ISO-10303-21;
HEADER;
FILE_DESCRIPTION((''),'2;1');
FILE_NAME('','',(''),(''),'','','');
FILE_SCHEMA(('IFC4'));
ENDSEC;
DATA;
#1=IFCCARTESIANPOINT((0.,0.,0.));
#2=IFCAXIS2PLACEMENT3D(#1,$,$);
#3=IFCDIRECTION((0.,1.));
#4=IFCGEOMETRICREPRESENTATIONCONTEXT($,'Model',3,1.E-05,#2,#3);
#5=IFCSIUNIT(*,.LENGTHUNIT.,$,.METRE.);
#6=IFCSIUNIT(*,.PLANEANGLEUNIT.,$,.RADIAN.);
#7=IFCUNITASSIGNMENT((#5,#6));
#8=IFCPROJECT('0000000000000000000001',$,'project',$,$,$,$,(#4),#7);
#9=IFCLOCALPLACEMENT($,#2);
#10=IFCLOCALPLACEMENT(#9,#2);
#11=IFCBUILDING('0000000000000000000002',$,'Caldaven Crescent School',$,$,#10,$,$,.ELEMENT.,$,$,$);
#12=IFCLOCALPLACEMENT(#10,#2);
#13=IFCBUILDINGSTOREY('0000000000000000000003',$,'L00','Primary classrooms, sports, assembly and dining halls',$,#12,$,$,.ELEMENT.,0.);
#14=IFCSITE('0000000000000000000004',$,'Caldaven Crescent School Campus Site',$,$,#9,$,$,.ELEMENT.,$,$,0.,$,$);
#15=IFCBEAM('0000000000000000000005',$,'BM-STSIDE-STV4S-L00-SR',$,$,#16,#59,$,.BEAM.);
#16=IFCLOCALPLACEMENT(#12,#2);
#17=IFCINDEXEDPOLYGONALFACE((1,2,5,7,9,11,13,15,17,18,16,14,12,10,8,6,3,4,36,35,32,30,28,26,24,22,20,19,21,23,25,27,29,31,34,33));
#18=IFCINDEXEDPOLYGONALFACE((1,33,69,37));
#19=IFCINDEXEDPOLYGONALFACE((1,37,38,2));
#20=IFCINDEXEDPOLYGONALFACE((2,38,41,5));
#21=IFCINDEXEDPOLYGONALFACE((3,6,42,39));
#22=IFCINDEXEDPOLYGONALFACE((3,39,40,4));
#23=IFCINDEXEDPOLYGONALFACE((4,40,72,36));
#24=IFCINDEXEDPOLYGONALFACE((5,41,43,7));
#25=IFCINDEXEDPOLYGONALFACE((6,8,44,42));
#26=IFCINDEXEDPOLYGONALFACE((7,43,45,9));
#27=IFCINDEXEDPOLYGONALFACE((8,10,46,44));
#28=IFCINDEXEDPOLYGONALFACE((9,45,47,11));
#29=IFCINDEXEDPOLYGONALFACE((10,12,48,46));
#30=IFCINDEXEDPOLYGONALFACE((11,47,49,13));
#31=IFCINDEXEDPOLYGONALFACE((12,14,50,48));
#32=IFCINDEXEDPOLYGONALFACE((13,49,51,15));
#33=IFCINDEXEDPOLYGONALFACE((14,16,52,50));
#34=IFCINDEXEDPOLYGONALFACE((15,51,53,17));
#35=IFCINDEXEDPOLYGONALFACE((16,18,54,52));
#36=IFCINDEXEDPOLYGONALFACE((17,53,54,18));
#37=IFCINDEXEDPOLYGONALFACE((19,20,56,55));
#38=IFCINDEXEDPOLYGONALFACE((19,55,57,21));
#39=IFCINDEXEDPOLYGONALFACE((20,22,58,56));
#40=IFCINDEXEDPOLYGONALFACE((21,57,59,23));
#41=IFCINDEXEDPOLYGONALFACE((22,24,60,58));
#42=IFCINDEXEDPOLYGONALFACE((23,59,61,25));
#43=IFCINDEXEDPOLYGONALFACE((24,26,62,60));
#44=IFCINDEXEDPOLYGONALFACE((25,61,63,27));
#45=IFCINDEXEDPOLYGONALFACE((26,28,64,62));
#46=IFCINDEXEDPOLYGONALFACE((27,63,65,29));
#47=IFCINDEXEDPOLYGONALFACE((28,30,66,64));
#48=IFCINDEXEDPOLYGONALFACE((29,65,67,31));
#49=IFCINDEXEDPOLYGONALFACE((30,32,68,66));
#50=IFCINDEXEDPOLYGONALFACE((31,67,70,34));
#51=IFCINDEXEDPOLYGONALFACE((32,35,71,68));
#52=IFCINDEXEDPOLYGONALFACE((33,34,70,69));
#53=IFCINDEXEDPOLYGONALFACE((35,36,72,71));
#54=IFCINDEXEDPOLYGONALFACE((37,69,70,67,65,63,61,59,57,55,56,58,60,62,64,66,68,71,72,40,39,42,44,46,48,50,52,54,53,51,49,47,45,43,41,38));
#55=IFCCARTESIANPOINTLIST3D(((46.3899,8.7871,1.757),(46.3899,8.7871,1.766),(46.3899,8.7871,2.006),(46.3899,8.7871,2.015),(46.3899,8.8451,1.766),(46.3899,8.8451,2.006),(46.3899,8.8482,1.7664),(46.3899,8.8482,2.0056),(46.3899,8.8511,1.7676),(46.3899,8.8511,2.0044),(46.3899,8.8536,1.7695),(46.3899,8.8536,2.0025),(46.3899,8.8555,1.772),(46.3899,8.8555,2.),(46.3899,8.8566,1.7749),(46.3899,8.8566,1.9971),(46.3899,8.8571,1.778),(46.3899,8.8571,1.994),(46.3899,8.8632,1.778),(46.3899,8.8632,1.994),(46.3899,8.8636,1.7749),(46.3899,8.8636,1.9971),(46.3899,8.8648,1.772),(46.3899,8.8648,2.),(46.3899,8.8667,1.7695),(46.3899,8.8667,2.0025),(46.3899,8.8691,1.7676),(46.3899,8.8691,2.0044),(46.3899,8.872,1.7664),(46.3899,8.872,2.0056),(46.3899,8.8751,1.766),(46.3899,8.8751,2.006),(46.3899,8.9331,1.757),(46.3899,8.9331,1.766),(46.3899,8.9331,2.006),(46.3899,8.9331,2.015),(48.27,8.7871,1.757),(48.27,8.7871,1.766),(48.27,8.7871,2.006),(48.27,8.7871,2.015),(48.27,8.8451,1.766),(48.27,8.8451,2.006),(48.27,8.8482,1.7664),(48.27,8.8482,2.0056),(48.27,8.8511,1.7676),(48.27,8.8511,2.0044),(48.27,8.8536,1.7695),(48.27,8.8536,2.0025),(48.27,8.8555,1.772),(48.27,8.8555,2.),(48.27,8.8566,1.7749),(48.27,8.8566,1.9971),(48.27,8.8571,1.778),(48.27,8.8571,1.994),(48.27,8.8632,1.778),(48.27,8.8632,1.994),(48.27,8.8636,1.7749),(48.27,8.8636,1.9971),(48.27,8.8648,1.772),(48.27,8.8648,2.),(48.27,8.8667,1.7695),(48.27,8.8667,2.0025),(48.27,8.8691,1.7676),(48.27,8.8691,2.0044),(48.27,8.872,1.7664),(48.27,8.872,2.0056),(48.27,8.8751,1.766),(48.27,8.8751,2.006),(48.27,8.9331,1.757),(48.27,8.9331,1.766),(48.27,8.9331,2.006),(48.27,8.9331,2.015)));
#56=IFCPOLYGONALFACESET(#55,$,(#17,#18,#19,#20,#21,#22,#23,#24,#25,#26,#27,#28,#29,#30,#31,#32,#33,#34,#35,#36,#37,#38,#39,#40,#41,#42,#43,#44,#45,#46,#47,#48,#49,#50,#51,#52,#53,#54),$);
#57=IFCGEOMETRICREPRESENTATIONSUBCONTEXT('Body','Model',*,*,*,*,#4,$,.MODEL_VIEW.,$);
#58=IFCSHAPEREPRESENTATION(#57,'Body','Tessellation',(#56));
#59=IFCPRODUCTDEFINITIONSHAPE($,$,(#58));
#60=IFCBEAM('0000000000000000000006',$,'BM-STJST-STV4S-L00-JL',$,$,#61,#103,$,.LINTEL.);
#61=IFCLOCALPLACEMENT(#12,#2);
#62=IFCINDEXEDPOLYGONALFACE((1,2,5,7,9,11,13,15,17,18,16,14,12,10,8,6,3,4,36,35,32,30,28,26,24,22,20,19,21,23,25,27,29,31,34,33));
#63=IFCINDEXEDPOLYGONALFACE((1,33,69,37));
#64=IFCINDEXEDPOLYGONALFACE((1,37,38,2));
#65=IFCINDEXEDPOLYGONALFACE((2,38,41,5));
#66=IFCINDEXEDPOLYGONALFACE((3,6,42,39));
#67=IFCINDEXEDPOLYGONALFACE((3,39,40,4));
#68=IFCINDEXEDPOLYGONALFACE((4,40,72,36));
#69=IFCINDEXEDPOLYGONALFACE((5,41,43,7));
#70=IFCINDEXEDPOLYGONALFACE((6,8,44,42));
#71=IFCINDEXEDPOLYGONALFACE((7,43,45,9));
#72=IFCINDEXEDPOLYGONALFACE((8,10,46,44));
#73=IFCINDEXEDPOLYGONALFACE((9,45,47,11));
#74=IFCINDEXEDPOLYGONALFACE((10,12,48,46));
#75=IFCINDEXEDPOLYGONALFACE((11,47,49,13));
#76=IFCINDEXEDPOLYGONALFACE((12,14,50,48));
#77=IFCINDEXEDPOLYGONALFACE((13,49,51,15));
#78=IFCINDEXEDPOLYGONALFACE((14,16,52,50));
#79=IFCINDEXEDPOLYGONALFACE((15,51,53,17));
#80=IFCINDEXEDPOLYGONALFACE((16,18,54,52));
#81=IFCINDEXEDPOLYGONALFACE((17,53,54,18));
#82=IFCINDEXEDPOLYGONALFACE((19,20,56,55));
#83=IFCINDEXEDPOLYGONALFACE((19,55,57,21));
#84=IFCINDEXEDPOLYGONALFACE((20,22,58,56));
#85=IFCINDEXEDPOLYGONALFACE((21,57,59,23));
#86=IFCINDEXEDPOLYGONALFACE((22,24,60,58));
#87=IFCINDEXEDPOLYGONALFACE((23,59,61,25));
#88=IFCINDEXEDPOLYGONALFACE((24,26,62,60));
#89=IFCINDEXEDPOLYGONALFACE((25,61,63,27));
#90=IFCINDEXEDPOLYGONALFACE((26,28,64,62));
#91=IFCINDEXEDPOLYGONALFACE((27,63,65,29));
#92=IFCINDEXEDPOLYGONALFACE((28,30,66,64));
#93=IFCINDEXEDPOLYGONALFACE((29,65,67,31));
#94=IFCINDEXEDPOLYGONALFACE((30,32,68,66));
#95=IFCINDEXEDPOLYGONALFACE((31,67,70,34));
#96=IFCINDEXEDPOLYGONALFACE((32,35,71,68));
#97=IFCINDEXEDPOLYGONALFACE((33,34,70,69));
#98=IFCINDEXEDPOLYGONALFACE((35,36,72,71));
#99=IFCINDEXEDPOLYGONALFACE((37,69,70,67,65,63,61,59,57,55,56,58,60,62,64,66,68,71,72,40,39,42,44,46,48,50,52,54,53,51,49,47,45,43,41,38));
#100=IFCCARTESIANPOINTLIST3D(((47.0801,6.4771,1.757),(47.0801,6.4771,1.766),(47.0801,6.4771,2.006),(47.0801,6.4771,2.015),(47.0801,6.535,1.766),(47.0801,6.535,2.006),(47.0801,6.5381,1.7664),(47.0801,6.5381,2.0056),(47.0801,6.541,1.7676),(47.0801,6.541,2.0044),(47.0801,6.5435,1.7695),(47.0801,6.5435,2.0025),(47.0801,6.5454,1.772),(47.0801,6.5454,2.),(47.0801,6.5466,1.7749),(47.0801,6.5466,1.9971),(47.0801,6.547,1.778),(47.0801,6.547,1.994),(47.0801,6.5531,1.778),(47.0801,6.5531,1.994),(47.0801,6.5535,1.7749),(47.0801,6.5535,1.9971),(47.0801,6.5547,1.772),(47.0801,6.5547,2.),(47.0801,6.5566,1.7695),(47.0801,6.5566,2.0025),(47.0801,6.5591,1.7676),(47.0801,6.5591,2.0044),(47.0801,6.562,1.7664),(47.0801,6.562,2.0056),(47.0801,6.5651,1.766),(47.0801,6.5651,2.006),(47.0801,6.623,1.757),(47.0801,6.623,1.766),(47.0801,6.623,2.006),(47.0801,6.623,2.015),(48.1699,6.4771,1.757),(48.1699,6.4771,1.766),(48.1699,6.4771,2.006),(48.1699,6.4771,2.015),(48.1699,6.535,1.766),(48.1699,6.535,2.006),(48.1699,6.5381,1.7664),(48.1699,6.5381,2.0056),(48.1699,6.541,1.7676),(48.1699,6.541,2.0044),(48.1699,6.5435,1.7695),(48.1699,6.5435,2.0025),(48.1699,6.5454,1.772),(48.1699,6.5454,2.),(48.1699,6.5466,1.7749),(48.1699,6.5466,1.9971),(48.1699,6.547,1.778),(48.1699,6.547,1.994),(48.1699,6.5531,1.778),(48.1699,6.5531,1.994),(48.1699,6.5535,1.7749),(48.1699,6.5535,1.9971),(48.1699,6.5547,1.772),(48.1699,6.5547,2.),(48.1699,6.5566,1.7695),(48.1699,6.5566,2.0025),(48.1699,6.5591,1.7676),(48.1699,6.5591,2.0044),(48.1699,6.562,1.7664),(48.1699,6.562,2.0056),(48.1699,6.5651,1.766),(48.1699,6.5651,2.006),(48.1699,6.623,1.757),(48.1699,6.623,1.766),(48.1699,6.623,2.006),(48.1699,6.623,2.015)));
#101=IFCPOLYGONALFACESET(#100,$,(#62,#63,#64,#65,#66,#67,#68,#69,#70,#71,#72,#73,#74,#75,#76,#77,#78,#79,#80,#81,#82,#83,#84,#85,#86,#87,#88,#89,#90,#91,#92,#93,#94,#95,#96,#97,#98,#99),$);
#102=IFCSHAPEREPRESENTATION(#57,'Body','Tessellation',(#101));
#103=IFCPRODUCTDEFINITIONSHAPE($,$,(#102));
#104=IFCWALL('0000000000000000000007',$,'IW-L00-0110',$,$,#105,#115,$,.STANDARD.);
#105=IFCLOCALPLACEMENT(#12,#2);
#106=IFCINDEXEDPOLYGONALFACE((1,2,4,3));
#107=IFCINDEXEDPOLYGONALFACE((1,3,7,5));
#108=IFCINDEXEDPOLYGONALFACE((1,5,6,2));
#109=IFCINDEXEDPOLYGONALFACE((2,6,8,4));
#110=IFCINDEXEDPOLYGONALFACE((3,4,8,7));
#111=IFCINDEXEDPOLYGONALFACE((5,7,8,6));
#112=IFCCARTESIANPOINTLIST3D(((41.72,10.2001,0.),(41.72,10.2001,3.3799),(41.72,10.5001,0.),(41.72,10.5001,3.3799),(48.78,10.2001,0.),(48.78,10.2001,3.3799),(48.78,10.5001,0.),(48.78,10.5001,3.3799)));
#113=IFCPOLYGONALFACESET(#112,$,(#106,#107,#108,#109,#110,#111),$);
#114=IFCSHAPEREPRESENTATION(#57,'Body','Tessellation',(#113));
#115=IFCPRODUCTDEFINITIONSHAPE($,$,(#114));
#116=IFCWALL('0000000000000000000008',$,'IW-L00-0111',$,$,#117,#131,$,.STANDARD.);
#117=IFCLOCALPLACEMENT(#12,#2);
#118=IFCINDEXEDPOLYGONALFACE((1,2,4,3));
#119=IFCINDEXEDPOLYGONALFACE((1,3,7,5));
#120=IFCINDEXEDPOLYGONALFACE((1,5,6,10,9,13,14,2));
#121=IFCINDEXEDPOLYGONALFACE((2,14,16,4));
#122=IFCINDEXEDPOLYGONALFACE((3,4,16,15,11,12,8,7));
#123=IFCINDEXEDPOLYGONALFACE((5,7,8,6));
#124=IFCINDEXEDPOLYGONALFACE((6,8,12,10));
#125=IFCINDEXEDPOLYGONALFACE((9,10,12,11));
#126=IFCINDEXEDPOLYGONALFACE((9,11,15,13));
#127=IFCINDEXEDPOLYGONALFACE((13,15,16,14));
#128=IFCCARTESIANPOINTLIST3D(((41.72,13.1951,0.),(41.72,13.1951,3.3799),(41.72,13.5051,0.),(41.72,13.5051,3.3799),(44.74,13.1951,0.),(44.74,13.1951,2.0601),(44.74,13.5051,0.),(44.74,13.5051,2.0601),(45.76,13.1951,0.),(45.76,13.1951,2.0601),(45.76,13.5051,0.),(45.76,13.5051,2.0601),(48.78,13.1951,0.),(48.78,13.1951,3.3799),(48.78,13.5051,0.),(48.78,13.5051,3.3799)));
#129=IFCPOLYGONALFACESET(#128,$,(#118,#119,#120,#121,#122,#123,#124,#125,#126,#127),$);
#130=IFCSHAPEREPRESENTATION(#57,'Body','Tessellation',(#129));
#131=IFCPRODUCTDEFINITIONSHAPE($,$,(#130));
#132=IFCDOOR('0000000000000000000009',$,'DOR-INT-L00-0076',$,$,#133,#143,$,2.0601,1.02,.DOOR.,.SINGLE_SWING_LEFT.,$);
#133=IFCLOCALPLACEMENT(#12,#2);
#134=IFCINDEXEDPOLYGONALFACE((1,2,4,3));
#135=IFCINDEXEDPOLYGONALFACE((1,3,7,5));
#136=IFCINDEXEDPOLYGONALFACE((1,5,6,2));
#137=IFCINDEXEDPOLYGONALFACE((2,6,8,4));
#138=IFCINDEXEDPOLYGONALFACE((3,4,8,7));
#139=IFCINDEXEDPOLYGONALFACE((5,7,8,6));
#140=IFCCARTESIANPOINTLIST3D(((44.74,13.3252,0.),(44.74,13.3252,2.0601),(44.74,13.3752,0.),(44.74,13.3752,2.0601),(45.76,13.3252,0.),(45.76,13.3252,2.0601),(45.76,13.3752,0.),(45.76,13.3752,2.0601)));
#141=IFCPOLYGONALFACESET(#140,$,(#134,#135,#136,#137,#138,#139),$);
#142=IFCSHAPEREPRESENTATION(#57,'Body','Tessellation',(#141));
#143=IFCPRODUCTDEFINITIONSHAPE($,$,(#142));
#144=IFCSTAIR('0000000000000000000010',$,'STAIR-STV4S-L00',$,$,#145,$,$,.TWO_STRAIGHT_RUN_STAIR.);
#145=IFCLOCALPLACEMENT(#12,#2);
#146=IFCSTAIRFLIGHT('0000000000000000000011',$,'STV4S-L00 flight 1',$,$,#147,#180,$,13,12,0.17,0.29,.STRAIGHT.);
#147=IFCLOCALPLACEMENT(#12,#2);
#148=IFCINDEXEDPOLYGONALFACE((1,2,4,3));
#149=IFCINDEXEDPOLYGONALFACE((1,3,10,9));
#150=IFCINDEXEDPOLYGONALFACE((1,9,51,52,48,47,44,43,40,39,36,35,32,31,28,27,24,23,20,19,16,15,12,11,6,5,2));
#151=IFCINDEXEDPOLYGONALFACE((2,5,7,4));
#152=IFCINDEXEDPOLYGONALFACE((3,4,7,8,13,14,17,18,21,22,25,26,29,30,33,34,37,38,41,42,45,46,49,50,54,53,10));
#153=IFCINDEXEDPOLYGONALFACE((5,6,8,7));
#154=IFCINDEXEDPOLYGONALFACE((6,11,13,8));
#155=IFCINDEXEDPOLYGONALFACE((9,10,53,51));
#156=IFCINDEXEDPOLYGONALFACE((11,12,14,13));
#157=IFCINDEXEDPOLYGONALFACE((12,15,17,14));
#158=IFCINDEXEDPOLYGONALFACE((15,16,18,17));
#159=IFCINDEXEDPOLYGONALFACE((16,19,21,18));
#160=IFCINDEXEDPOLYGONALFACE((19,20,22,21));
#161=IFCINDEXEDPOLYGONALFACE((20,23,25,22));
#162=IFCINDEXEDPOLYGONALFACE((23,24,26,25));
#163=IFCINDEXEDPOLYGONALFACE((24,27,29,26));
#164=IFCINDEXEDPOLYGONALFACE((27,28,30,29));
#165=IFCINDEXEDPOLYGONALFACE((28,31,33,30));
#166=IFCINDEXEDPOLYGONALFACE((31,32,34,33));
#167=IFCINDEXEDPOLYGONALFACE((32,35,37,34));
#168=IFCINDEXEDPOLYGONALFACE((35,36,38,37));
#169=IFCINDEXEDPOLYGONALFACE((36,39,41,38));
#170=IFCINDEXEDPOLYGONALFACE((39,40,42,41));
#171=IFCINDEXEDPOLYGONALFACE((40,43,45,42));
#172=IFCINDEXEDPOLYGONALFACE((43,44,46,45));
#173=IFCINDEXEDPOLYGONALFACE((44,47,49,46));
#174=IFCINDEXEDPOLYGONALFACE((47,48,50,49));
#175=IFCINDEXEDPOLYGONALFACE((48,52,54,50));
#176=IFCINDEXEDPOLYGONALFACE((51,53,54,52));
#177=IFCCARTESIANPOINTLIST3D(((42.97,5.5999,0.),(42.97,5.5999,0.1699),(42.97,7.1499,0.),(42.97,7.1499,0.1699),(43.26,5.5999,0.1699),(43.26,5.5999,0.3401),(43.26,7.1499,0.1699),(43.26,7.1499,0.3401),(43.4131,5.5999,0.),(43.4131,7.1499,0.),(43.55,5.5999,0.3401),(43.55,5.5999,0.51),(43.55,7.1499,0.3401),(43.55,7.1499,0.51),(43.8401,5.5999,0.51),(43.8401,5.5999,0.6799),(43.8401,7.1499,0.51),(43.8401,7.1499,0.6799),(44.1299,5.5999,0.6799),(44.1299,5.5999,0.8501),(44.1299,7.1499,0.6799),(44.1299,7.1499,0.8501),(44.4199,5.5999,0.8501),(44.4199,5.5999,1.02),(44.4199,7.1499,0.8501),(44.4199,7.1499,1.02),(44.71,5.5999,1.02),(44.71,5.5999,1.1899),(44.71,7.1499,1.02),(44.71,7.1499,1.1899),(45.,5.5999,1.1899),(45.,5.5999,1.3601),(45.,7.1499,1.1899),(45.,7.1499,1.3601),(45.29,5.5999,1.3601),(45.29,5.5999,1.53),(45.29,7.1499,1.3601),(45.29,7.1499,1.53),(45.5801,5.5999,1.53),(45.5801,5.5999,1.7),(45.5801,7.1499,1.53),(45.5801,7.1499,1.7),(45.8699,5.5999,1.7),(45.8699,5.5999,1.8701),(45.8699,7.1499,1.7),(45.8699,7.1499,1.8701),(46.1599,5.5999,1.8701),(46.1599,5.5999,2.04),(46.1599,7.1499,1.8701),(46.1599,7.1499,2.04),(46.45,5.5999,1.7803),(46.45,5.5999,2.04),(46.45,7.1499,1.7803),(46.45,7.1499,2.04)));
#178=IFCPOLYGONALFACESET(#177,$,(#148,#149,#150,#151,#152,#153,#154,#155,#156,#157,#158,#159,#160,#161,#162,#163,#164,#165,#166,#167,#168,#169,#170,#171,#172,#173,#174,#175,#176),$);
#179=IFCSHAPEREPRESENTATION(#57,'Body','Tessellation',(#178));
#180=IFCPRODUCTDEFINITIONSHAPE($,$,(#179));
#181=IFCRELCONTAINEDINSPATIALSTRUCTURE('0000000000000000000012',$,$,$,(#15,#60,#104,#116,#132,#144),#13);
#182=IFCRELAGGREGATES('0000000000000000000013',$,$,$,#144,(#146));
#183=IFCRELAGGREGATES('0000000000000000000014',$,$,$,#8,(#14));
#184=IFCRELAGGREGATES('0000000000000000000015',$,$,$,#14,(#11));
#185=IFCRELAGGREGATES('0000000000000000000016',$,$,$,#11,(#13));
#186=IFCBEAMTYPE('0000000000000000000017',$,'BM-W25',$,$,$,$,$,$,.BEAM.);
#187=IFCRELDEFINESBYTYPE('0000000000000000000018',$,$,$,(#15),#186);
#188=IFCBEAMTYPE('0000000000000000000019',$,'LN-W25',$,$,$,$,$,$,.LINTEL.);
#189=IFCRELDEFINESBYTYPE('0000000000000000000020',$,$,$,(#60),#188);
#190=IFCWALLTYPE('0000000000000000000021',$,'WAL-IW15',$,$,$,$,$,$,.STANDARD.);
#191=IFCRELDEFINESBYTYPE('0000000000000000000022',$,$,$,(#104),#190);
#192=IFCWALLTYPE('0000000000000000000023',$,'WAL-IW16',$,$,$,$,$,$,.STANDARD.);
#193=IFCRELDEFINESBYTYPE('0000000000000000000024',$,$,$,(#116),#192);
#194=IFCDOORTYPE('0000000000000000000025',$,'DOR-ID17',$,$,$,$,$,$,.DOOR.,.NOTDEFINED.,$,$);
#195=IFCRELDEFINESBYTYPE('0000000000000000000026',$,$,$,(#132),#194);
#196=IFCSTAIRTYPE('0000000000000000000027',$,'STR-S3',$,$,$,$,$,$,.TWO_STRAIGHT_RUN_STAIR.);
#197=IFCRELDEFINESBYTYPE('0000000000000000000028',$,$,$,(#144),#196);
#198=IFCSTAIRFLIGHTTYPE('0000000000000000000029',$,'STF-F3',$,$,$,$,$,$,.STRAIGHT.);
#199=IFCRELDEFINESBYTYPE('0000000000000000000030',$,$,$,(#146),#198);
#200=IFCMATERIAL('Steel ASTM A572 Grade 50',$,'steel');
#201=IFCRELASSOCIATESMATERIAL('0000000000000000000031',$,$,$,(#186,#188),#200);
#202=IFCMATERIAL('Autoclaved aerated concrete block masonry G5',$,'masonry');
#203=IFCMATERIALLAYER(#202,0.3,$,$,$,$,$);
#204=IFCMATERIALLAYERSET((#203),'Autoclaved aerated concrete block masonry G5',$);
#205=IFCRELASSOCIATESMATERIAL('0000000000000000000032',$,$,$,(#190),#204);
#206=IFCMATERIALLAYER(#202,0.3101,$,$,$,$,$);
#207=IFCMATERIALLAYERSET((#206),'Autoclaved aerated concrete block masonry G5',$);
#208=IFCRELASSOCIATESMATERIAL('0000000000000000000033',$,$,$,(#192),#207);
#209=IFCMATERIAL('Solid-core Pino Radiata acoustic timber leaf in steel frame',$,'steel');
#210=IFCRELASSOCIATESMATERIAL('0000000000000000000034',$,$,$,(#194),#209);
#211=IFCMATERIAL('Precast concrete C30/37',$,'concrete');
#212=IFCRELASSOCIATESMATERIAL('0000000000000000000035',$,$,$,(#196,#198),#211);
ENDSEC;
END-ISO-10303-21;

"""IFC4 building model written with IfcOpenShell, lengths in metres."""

from ifc_helpers import new_model, si_unit, direction, frame, frame_2d, origin, origin_2d, place, context, subcontext, project, spatial, polyline, rectangle, i_section, outline, extrude, material, layer, layer_set, material_profile, profile_set, type_object, element, fill, aggregate, save


model = new_model("IFC4")

# Units and contexts
model_context = context("Model", 3, precision=1e-05, world=origin(), true_north=direction((0.0, 1.0)))
body_context = subcontext(model_context, "Body", "Model", "MODEL_VIEW")
ifc_project = project(units=[si_unit("LENGTHUNIT", "METRE"), si_unit("PLANEANGLEUNIT", "RADIAN")], contexts=[model_context])

# Site, building, storey
site_placement = place(None, origin())
site = spatial("IfcSite", under=ifc_project, at=site_placement, Name="Caldaven Crescent School Campus Site", CompositionType="ELEMENT", RefElevation=0.0)
building_placement = place(site_placement, origin())
building = spatial("IfcBuilding", under=site, at=building_placement, Name="Caldaven Crescent School", CompositionType="ELEMENT")
storey_placement = place(building_placement, origin())
storey = spatial("IfcBuildingStorey", under=building, at=storey_placement, Name="L00", Description="Primary classrooms, sports, assembly and dining halls", CompositionType="ELEMENT", Elevation=0.0)

# Shared definitions
ifc_material_1 = material(Name="Steel ASTM A572 Grade 50", Category="steel")

# Beams
ifc_material_profile_1 = material_profile(ifc_material_1, i_section(OverallWidth=0.146, OverallDepth=0.2581, WebThickness=0.0061, FlangeThickness=0.009, FilletRadius=0.012, at=origin_2d()), Name="W250x33")
ifc_profile_set_1 = profile_set([ifc_material_profile_1], Name="Steel ASTM A572 Grade 50")
beam_type_1 = type_object("IfcBeamType", Name="BM-W25", PredefinedType="BEAM", material=ifc_profile_set_1)
beam_1_placement = place(storey_placement, frame((46.3899, 8.8601, 1.886), z_axis=(1.0, 0.0, 0.0), x_axis=(0.0, 1.0, 0.0)))
element("IfcBeam", 1, at=beam_1_placement, inside=storey, type_object=beam_type_1, Name="BM-STSIDE-STV4S-L00-SR", PredefinedType="BEAM", context=body_context, shape_type="SweptSolid", body=[
    extrude(i_section(OverallWidth=0.146, OverallDepth=0.2581, WebThickness=0.0061, FlangeThickness=0.009, FilletRadius=0.012, at=origin_2d()), origin(), (0.0, 0.0, 1.0), 1.8801),
])
ifc_material_profile_2 = material_profile(ifc_material_1, i_section(OverallWidth=0.146, OverallDepth=0.2581, WebThickness=0.0061, FlangeThickness=0.009, FilletRadius=0.012, at=origin_2d()), Name="W250x33")
ifc_profile_set_2 = profile_set([ifc_material_profile_2], Name="Steel ASTM A572 Grade 50")
beam_type_2 = type_object("IfcBeamType", Name="LN-W25", PredefinedType="LINTEL", material=ifc_profile_set_2)
beam_2_placement = place(storey_placement, frame((47.0801, 6.55, 1.886), z_axis=(1.0, 0.0, 0.0), x_axis=(0.0, 1.0, 0.0)))
element("IfcBeam", 2, at=beam_2_placement, inside=storey, type_object=beam_type_2, Name="BM-STJST-STV4S-L00-JL", PredefinedType="LINTEL", context=body_context, shape_type="SweptSolid", body=[
    extrude(i_section(OverallWidth=0.146, OverallDepth=0.2581, WebThickness=0.0061, FlangeThickness=0.009, FilletRadius=0.012, at=origin_2d()), origin(), (0.0, 0.0, 1.0), 1.0898),
])

# Wall
ifc_material_2 = material(Name="Autoclaved aerated concrete block masonry G5", Category="masonry")
ifc_layer_1 = layer(ifc_material_2, 0.3)
ifc_layer_set_1 = layer_set([ifc_layer_1], Name="Autoclaved aerated concrete block masonry G5")
wall_type_1 = type_object("IfcWallType", Name="WAL-IW15", PredefinedType="STANDARD", material=ifc_layer_set_1)
wall_1_placement = place(storey_placement, frame((41.72, 10.3501, 0.0), z_axis=(0.0, 0.0, 1.0), x_axis=(1.0, 0.0, 0.0)))
element("IfcWall", 3, at=wall_1_placement, inside=storey, type_object=wall_type_1, Name="IW-L00-0110", PredefinedType="STANDARD", context=body_context, shape_type="SweptSolid", body=[
    extrude(rectangle(XDim=7.0601, YDim=0.3, at=frame_2d((3.53, 0.0))), origin(), (0.0, 0.0, 1.0), 3.3799),
])

# Wall, opening, door
ifc_layer_2 = layer(ifc_material_2, 0.3101)
ifc_layer_set_2 = layer_set([ifc_layer_2], Name="Autoclaved aerated concrete block masonry G5")
wall_type_2 = type_object("IfcWallType", Name="WAL-IW16", PredefinedType="STANDARD", material=ifc_layer_set_2)
wall_2_placement = place(storey_placement, frame((41.72, 13.3501, 0.0), z_axis=(0.0, 0.0, 1.0), x_axis=(1.0, 0.0, 0.0)))
wall_2 = element("IfcWall", 4, at=wall_2_placement, inside=storey, type_object=wall_type_2, Name="IW-L00-0111", PredefinedType="STANDARD", context=body_context, shape_type="SweptSolid", body=[
    extrude(rectangle(XDim=7.0601, YDim=0.3101, at=frame_2d((3.53, 0.0))), origin(), (0.0, 0.0, 1.0), 3.3799),
])
opening_placement = place(wall_2_placement, frame((3.02, 0.0, 0.0)))
opening = element("IfcOpeningElement", 5, at=opening_placement, cuts=wall_2, PredefinedType="OPENING", context=body_context, shape_type="SweptSolid", body=[
    extrude(rectangle(XDim=1.02, YDim=2.0601, at=frame_2d((0.51, 1.03))), frame((0.0, 0.165, 0.0), z_axis=(0.0, -1.0, 0.0), x_axis=(1.0, 0.0, 0.0)), (0.0, 0.0, 1.0), 0.3301),
])
ifc_material_3 = material(Name="Solid-core Pino Radiata acoustic timber leaf in steel frame", Category="steel")
door_type = type_object("IfcDoorType", Name="DOR-ID17", OperationType="NOTDEFINED", PredefinedType="DOOR", material=ifc_material_3)
door_placement = place(opening_placement, frame((1.02, 0.0, 0.0), z_axis=(0.0, 0.0, 1.0), x_axis=(-1.0, 0.0, 0.0)))
door = element("IfcDoor", 6, at=door_placement, inside=storey, type_object=door_type, Name="DOR-INT-L00-0076", OperationType="SINGLE_SWING_LEFT", OverallHeight=2.0601, OverallWidth=1.02, PredefinedType="DOOR", context=body_context, shape_type="SweptSolid", body=[
    extrude(rectangle(XDim=1.02, YDim=2.0601, at=frame_2d((0.51, 1.03))), frame((0.0, 0.0249, 0.0), z_axis=(0.0, -1.0, 0.0), x_axis=(1.0, 0.0, 0.0)), (0.0, 0.0, 1.0), 0.05),
])
fill(opening, door)

# Stair, stair flight
ifc_material_4 = material(Name="Precast concrete C30/37", Category="concrete")
stair_type = type_object("IfcStairType", Name="STR-S3", PredefinedType="TWO_STRAIGHT_RUN_STAIR", material=ifc_material_4)
stair_placement = place(storey_placement, origin())
stair = element("IfcStair", 7, at=stair_placement, inside=storey, type_object=stair_type, Name="STAIR-STV4S-L00", PredefinedType="TWO_STRAIGHT_RUN_STAIR")
stair_flight_type = type_object("IfcStairFlightType", Name="STF-F3", PredefinedType="STRAIGHT", material=ifc_material_4)
stair_flight_1_placement = place(storey_placement, frame((42.97, 6.375, 0.0), z_axis=(0.0, 0.0, 1.0), x_axis=(1.0, 0.0, 0.0)))
stair_flight_1 = element("IfcStairFlight", 8, at=stair_flight_1_placement, type_object=stair_flight_type, Name="STV4S-L00 flight 1", NumberOfRisers=13, NumberOfTreads=12, PredefinedType="STRAIGHT", RiserHeight=0.17, TreadLength=0.29, context=body_context, shape_type="SweptSolid", body=[
    extrude(outline(polyline([(0.0, 0.0), (0.0, 0.1699), (0.29, 0.1699), (0.29, 0.3401), (0.5801, 0.3401), (0.5801, 0.51), (0.8701, 0.51), (0.8701, 0.6799), (1.1599, 0.6799), (1.1599, 0.8501), (1.45, 0.8501), (1.45, 1.02), (1.74, 1.02), (1.74, 1.1899), (2.03, 1.1899), (2.03, 1.3601), (2.3201, 1.3601), (2.3201, 1.53), (2.6101, 1.53), (2.6101, 1.7), (2.8999, 1.7), (2.8999, 1.8701), (3.1899, 1.8701), (3.1899, 2.04), (3.48, 2.04), (3.48, 2.21), (3.48, 1.7803), (0.4431, 0.0), (0.0, 0.0)])), frame((0.0, 0.7749, 0.0), z_axis=(0.0, -1.0, 0.0), x_axis=(1.0, 0.0, 0.0)), (0.0, 0.0, 1.0), 1.55),
])
aggregate(stair, [stair_flight_1])

save(model, "model.ifc")
